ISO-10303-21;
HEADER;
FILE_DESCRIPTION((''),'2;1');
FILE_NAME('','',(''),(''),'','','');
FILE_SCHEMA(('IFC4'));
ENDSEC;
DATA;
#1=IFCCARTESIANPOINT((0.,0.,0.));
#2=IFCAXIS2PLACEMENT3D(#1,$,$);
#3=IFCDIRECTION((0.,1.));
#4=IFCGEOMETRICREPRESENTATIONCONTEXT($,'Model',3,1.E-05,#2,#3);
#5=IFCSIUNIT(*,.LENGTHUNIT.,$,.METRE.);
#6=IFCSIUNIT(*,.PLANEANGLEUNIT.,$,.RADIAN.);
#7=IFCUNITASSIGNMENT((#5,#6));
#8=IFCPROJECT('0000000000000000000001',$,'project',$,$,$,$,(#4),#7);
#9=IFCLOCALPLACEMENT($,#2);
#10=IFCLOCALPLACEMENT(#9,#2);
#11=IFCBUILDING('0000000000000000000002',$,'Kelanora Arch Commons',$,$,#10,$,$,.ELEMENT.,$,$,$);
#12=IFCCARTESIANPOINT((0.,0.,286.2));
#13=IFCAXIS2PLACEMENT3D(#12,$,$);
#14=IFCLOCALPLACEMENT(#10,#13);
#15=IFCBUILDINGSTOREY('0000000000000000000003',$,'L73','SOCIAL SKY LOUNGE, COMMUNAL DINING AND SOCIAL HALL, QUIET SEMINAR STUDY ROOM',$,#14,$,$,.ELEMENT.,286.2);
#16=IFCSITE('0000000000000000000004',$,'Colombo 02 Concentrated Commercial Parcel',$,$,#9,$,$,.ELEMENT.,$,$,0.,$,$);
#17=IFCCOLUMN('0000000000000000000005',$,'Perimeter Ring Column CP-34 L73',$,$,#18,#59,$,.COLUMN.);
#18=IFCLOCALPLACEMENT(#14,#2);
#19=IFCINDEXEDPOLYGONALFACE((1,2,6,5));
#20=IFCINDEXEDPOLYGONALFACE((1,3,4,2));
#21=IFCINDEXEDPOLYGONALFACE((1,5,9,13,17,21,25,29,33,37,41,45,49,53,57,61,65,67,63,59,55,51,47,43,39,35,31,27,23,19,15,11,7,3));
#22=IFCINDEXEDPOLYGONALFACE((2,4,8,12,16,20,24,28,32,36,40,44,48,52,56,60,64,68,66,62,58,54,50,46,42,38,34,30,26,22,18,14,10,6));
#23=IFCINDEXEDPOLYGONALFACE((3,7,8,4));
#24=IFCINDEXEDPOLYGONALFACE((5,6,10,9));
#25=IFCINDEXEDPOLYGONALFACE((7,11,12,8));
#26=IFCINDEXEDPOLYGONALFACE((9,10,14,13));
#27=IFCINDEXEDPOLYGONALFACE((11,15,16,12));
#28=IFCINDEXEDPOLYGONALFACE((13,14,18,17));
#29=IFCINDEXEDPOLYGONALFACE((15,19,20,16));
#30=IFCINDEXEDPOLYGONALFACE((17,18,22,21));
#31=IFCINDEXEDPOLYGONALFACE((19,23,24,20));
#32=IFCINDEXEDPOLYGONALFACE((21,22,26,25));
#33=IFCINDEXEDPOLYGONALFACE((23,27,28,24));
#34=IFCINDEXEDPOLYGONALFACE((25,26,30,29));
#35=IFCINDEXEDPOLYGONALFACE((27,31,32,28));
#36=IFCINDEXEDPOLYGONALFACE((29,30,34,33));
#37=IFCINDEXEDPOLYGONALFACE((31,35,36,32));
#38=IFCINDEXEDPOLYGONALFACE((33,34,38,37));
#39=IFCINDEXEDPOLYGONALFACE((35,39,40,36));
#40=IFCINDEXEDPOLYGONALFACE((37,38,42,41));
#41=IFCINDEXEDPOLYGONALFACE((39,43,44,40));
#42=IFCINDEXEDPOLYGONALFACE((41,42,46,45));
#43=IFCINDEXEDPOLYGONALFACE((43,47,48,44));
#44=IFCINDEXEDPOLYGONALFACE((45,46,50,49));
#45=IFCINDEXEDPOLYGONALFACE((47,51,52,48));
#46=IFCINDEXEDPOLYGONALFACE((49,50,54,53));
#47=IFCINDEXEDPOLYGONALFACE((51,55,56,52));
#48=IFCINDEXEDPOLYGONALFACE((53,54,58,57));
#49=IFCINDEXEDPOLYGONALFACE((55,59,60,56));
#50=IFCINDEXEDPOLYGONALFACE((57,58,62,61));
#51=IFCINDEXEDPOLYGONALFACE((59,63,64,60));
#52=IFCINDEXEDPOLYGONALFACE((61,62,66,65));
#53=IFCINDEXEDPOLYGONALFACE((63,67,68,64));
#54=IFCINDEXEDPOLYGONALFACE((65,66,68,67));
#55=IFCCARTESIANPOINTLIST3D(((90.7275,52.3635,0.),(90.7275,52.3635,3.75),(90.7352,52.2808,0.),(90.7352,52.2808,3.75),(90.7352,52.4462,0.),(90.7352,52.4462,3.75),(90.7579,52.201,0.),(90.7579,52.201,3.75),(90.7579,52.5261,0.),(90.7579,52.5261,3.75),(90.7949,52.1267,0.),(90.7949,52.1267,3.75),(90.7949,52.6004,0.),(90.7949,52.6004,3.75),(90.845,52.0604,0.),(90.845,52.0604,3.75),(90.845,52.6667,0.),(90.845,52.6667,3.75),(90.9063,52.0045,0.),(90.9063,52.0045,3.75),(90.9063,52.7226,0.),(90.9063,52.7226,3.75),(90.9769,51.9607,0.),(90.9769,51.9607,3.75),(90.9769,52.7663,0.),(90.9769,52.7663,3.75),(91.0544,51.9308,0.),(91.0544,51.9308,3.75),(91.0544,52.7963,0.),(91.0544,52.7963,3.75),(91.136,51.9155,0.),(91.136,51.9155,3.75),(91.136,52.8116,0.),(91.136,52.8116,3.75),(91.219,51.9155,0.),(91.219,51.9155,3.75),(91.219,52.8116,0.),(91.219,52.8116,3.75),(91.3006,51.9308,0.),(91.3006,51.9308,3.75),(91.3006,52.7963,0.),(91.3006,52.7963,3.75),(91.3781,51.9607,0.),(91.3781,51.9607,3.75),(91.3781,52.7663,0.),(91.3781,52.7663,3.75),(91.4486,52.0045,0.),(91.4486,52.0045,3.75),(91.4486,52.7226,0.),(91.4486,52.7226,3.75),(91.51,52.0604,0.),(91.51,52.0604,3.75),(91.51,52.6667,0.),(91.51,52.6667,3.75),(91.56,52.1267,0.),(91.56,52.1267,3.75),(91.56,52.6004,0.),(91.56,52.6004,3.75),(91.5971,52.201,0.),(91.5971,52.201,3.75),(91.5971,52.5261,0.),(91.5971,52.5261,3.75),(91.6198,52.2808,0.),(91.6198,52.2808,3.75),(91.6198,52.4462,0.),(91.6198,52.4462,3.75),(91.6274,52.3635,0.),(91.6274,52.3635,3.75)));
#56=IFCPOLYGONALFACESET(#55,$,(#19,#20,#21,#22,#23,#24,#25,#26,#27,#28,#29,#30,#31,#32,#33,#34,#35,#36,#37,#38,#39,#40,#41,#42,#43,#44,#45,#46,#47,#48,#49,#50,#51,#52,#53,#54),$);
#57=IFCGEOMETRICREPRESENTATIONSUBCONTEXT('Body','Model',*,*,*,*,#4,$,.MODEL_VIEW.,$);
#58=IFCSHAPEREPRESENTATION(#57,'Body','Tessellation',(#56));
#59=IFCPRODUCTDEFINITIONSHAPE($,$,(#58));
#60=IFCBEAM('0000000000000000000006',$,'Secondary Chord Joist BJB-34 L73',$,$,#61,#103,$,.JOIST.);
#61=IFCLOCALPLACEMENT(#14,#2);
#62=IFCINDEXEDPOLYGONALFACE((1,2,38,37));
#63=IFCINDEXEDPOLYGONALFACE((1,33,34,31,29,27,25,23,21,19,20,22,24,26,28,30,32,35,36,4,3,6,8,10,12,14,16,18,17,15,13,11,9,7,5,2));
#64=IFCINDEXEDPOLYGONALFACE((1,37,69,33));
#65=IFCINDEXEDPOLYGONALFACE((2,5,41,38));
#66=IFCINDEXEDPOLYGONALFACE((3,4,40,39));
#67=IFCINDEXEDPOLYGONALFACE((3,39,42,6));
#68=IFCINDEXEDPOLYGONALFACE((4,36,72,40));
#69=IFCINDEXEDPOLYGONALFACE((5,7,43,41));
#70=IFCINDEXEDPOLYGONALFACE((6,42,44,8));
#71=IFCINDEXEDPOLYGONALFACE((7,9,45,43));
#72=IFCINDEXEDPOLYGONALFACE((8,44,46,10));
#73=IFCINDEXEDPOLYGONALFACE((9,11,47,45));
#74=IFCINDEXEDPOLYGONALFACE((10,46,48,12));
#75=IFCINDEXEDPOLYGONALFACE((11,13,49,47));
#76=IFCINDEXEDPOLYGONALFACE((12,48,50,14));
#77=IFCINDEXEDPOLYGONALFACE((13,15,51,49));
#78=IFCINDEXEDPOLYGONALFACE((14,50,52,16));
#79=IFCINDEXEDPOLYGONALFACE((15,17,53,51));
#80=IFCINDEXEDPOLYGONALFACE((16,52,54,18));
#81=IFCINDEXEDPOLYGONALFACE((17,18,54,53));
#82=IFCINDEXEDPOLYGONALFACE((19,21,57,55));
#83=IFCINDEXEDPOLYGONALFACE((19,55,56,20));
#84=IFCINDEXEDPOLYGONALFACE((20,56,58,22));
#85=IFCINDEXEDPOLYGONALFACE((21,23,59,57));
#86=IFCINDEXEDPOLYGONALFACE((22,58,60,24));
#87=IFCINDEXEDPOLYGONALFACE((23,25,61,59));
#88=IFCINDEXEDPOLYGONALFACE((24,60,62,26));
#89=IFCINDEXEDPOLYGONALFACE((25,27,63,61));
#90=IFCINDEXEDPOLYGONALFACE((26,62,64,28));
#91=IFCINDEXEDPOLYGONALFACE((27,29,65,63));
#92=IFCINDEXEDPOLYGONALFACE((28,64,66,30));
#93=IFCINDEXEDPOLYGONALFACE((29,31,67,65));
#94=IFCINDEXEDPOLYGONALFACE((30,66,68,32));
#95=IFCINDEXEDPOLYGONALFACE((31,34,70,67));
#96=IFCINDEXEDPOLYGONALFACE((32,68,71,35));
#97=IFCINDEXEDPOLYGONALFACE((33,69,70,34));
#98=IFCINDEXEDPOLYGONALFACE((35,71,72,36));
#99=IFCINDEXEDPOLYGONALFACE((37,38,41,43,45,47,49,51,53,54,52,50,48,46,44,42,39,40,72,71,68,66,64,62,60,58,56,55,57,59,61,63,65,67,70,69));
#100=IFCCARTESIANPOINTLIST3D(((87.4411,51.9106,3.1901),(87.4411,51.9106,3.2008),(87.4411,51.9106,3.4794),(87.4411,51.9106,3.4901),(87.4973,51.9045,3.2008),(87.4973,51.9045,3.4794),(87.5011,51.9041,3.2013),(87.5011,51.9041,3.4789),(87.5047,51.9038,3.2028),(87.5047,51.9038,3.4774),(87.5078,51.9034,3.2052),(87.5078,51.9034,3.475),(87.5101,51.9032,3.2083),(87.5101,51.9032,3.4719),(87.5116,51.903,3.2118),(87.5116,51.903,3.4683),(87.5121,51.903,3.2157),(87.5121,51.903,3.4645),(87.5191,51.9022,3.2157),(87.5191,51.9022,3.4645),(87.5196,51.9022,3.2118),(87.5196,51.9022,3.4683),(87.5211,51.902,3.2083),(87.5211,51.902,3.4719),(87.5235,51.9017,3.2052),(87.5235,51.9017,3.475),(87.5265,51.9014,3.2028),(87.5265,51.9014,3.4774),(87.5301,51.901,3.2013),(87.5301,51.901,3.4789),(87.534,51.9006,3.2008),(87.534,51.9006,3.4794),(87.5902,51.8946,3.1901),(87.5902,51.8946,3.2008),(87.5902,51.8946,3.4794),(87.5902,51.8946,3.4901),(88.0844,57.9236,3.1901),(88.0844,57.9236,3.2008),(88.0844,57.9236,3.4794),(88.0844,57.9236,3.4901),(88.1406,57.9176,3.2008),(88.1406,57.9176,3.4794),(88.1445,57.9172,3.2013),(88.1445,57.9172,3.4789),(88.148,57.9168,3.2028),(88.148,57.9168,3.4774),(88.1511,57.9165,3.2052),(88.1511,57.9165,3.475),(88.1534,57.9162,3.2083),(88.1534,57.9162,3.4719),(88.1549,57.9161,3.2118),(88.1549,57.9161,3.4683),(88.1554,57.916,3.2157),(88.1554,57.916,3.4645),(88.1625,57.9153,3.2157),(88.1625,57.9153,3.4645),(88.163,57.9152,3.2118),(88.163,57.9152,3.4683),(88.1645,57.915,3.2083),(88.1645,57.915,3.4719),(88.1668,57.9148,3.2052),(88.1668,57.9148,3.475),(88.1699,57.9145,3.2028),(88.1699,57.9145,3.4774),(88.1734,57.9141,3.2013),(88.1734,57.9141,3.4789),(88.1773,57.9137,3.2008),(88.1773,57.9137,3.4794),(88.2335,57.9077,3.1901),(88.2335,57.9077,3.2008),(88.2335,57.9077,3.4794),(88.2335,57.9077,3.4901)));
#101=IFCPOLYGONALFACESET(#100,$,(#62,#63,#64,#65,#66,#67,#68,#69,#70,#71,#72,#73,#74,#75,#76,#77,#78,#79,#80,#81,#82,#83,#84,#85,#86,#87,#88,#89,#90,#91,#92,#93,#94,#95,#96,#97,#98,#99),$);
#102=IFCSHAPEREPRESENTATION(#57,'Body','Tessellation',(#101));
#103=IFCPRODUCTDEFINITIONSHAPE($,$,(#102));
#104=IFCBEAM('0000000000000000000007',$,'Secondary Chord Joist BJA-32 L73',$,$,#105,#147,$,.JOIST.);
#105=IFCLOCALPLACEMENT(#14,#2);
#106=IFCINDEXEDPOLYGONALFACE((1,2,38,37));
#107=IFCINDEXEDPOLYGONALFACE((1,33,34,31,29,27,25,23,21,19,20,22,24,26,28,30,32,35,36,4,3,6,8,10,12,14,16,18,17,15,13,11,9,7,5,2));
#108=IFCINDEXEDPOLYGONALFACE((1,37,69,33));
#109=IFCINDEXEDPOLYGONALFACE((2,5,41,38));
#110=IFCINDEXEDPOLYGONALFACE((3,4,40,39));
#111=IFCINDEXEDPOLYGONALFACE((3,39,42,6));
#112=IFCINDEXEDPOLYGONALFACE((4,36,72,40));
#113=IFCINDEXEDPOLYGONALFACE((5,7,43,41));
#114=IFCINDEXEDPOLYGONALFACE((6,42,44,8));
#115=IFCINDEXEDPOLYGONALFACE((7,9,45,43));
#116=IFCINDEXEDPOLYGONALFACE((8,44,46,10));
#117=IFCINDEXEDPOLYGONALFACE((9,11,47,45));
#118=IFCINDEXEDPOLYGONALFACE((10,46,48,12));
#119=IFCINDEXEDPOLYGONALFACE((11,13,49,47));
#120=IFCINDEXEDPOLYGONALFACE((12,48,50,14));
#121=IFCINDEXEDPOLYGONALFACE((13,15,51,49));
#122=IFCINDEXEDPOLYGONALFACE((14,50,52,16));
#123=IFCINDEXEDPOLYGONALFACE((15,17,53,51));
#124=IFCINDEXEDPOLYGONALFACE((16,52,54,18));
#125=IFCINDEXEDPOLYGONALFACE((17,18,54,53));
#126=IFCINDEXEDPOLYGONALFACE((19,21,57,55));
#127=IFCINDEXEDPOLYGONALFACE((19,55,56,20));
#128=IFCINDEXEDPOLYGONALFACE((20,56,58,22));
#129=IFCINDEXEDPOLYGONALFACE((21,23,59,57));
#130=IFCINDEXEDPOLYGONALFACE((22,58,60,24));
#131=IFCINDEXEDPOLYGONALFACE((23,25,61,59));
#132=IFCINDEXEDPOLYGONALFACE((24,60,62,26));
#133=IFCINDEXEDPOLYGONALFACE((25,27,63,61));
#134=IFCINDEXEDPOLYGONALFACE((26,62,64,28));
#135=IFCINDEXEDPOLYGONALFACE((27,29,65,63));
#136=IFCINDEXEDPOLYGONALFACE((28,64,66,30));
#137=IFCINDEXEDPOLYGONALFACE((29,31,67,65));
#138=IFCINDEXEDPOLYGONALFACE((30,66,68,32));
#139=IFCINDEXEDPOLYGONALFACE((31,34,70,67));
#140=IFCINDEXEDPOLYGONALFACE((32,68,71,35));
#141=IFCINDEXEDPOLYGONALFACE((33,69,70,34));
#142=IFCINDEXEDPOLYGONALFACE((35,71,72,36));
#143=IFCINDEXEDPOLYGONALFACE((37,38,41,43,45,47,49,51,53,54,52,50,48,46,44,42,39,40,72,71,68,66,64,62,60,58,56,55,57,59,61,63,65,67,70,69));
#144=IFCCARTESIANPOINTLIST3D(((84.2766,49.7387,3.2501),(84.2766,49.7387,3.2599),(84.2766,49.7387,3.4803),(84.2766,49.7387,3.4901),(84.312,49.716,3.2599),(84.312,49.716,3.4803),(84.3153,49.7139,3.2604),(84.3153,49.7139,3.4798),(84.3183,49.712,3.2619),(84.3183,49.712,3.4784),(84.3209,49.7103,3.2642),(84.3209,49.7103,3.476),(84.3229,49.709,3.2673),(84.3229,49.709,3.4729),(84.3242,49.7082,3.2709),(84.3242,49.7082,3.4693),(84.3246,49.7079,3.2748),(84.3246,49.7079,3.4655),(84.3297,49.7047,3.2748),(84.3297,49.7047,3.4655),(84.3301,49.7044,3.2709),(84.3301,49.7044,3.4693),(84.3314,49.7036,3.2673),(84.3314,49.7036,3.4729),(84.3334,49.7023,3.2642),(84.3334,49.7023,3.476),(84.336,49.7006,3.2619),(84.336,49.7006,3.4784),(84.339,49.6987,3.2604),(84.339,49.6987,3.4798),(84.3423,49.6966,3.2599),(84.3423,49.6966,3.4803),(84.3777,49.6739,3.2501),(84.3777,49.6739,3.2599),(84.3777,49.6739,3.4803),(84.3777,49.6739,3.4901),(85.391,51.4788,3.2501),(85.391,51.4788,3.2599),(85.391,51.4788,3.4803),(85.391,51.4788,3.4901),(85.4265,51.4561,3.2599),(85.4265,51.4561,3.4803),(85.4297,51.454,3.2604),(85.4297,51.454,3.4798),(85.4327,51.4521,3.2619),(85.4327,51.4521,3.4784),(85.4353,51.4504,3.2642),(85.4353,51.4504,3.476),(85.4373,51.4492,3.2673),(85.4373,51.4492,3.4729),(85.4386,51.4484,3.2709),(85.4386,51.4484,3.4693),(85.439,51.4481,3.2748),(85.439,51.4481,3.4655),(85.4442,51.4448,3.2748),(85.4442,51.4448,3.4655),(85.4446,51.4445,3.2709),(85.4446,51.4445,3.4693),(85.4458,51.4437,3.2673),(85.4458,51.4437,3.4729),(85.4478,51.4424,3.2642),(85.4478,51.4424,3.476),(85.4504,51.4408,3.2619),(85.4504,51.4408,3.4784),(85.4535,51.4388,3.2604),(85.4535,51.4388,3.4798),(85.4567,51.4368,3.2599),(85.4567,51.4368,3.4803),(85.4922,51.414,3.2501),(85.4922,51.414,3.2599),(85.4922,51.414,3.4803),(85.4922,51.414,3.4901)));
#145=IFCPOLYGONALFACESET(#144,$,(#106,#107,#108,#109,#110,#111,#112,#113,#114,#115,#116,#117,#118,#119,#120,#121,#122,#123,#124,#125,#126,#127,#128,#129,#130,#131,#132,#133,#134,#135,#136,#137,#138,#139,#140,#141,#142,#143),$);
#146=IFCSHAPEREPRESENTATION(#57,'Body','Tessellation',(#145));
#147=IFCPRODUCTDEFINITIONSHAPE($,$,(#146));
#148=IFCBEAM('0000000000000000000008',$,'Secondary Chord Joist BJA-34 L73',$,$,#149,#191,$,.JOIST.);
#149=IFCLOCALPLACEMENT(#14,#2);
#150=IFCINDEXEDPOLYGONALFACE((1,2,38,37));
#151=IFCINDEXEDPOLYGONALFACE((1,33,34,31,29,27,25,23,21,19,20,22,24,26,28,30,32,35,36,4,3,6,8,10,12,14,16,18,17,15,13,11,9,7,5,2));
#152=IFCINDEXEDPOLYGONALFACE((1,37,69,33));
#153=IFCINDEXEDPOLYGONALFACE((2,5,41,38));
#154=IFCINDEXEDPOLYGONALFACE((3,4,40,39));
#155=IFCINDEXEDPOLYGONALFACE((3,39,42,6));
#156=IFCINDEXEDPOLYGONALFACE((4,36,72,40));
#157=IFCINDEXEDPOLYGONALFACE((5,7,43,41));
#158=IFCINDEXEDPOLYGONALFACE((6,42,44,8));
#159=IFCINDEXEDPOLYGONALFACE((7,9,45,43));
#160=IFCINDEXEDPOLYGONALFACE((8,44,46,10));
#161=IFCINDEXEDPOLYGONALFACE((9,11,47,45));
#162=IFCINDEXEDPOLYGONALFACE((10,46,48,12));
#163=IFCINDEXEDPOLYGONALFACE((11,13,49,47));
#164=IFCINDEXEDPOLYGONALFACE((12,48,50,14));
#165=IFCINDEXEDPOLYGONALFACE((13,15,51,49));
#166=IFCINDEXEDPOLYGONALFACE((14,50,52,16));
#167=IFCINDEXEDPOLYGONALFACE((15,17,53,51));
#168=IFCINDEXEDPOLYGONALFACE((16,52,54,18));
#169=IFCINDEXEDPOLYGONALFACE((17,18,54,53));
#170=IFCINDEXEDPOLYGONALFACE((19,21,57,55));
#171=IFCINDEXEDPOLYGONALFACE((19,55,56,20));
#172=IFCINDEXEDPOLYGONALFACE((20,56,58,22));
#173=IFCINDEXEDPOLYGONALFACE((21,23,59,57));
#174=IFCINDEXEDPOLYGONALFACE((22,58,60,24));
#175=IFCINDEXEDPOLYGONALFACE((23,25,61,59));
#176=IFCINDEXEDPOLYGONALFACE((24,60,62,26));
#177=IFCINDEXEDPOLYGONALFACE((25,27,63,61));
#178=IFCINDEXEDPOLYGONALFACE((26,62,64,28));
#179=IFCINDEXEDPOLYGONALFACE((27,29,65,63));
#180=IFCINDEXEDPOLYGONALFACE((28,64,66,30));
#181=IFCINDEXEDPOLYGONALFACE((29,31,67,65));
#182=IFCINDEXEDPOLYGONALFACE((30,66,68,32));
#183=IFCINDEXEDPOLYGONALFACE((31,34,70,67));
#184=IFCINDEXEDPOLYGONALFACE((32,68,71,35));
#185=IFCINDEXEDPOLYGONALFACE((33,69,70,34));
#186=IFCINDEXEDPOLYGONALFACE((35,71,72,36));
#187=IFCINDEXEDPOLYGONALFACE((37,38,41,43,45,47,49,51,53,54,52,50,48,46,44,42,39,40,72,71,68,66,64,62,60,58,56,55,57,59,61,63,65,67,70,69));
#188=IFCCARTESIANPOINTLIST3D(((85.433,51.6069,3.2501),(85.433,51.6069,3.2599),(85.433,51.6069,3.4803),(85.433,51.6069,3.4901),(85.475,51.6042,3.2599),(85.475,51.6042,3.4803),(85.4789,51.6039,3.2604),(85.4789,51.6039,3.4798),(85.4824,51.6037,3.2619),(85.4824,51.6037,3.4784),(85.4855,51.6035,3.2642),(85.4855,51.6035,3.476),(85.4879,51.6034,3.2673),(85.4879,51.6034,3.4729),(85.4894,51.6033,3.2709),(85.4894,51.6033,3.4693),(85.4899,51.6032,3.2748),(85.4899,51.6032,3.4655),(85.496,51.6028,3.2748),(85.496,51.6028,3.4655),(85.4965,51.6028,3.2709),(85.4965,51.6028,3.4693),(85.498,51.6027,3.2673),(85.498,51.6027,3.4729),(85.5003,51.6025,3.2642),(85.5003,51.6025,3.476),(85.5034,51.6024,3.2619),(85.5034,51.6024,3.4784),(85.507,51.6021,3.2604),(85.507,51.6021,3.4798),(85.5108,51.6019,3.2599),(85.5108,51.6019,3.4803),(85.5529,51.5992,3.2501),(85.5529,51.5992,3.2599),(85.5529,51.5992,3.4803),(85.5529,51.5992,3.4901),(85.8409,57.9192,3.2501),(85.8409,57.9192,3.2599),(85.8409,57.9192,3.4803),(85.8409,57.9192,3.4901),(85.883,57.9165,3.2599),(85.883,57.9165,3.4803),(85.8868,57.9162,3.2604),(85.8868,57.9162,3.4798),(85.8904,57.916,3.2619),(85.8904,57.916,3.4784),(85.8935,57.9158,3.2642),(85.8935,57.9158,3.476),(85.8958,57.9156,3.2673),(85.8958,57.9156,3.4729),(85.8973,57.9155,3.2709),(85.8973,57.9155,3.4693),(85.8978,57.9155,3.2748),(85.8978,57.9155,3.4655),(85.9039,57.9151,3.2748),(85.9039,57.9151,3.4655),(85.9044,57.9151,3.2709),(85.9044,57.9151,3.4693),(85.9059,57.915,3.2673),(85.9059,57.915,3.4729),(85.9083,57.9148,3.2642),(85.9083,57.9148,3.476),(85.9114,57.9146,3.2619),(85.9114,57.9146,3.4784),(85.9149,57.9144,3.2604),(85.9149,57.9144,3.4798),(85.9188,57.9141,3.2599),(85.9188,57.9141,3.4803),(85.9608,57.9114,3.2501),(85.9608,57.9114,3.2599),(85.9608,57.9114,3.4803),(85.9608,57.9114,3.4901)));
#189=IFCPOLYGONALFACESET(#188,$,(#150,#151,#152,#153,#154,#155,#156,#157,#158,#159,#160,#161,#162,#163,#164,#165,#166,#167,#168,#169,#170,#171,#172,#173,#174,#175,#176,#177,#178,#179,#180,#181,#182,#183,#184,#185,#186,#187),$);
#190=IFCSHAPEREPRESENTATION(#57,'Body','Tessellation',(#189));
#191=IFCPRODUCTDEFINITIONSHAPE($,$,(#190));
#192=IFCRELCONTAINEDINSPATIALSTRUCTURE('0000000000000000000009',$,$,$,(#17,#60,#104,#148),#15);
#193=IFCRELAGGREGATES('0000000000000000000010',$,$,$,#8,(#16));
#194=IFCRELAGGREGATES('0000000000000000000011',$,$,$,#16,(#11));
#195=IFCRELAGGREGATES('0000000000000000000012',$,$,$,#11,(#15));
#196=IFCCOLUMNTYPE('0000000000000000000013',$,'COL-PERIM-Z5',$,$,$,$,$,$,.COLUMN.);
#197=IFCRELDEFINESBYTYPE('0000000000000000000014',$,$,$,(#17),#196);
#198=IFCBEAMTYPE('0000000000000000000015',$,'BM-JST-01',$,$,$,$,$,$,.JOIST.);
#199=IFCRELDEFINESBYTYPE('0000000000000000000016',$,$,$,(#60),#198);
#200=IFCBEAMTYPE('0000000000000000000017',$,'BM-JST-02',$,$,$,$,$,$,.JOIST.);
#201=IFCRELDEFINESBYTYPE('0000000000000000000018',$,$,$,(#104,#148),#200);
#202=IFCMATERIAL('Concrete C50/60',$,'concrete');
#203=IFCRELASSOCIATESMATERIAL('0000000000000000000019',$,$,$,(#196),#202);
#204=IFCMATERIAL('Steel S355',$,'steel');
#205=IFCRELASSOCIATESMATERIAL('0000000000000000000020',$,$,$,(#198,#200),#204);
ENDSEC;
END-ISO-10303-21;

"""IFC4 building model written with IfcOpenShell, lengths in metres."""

from ifc_helpers import new_model, si_unit, direction, frame, origin, origin_2d, place, context, subcontext, project, spatial, circle, i_section, extrude, material, material_profile, profile_set, type_object, element, save


model = new_model("IFC4")

# Units and contexts
model_context = context("Model", 3, precision=1e-05, world=origin(), true_north=direction((0.0, 1.0)))
body_context = subcontext(model_context, "Body", "Model", "MODEL_VIEW")
ifc_project = project(units=[si_unit("LENGTHUNIT", "METRE"), si_unit("PLANEANGLEUNIT", "RADIAN")], contexts=[model_context])

# Site, building, storey
site_placement = place(None, origin())
site = spatial("IfcSite", under=ifc_project, at=site_placement, Name="Colombo 02 Concentrated Commercial Parcel", CompositionType="ELEMENT", RefElevation=0.0)
building_placement = place(site_placement, origin())
building = spatial("IfcBuilding", under=site, at=building_placement, Name="Kelanora Arch Commons", CompositionType="ELEMENT")
storey_placement = place(building_placement, frame((0.0, 0.0, 286.2)))
storey = spatial("IfcBuildingStorey", under=building, at=storey_placement, Name="L73", Description="SOCIAL SKY LOUNGE, COMMUNAL DINING AND SOCIAL HALL, QUIET SEMINAR STUDY ROOM", CompositionType="ELEMENT", Elevation=286.2)

# Column
ifc_material_1 = material(Name="Concrete C50/60", Category="concrete")
ifc_material_profile_1 = material_profile(ifc_material_1, circle(Radius=0.45, at=origin_2d()), Name="RCC900")
ifc_profile_set_1 = profile_set([ifc_material_profile_1], Name="Concrete C50/60")
column_type = type_object("IfcColumnType", Name="COL-PERIM-Z5", PredefinedType="COLUMN", material=ifc_profile_set_1)
column_placement = place(storey_placement, frame((91.1775, 52.3635, 0.0), z_axis=(0.0, 0.0, 1.0), x_axis=(1.0, 0.0, 0.0)))
element("IfcColumn", 1, at=column_placement, inside=storey, type_object=column_type, Name="Perimeter Ring Column CP-34 L73", PredefinedType="COLUMN", context=body_context, shape_type="SweptSolid", body=[
    extrude(circle(Radius=0.45, at=origin_2d()), origin(), (0.0, 0.0, 1.0), 3.75),
])

# Beams
ifc_material_2 = material(Name="Steel S355", Category="steel")
ifc_material_profile_2 = material_profile(ifc_material_2, i_section(OverallWidth=0.1499, OverallDepth=0.3, WebThickness=0.0071, FlangeThickness=0.0107, FilletRadius=0.0149, at=origin_2d()), Name="IPE300")
ifc_profile_set_2 = profile_set([ifc_material_profile_2], Name="Steel S355")
beam_type_1 = type_object("IfcBeamType", Name="BM-JST-01", PredefinedType="JOIST", material=ifc_profile_set_2)
beam_1_placement = place(storey_placement, frame((87.5156, 51.9026, 3.3401), z_axis=(0.106381, 0.994325, 0.0), x_axis=(-0.994325, 0.106381, 0.0)))
element("IfcBeam", 2, at=beam_1_placement, inside=storey, type_object=beam_type_1, Name="Secondary Chord Joist BJB-34 L73", PredefinedType="JOIST", context=body_context, shape_type="SweptSolid", body=[
    extrude(i_section(OverallWidth=0.1499, OverallDepth=0.3, WebThickness=0.0071, FlangeThickness=0.0107, FilletRadius=0.0149, at=origin_2d()), origin(), (0.0, 0.0, 1.0), 6.0474),
])
ifc_material_profile_3 = material_profile(ifc_material_2, i_section(OverallWidth=0.1201, OverallDepth=0.24, WebThickness=0.0061, FlangeThickness=0.0098, FilletRadius=0.0149, at=origin_2d()), Name="IPE240")
ifc_profile_set_3 = profile_set([ifc_material_profile_3], Name="Steel S355")
beam_type_2 = type_object("IfcBeamType", Name="BM-JST-02", PredefinedType="JOIST", material=ifc_profile_set_3)
beam_2_placement = place(storey_placement, frame((84.3271, 49.7063, 3.3701), z_axis=(0.539312, 0.842106, 0.0), x_axis=(-0.842106, 0.539312, 0.0)))
element("IfcBeam", 3, at=beam_2_placement, inside=storey, type_object=beam_type_2, Name="Secondary Chord Joist BJA-32 L73", PredefinedType="JOIST", context=body_context, shape_type="SweptSolid", body=[
    extrude(i_section(OverallWidth=0.1201, OverallDepth=0.24, WebThickness=0.0061, FlangeThickness=0.0098, FilletRadius=0.0149, at=origin_2d()), origin(), (0.0, 0.0, 1.0), 2.0664),
])
beam_3_placement = place(storey_placement, frame((85.4929, 51.603, 3.3701), z_axis=(0.064495, 0.997918, 0.0), x_axis=(-0.997918, 0.064495, 0.0)))
element("IfcBeam", 4, at=beam_3_placement, inside=storey, type_object=beam_type_2, Name="Secondary Chord Joist BJA-34 L73", PredefinedType="JOIST", context=body_context, shape_type="SweptSolid", body=[
    extrude(i_section(OverallWidth=0.1201, OverallDepth=0.24, WebThickness=0.0061, FlangeThickness=0.0098, FilletRadius=0.0149, at=origin_2d()), origin(), (0.0, 0.0, 1.0), 6.3254),
])

save(model, "model.ifc")
